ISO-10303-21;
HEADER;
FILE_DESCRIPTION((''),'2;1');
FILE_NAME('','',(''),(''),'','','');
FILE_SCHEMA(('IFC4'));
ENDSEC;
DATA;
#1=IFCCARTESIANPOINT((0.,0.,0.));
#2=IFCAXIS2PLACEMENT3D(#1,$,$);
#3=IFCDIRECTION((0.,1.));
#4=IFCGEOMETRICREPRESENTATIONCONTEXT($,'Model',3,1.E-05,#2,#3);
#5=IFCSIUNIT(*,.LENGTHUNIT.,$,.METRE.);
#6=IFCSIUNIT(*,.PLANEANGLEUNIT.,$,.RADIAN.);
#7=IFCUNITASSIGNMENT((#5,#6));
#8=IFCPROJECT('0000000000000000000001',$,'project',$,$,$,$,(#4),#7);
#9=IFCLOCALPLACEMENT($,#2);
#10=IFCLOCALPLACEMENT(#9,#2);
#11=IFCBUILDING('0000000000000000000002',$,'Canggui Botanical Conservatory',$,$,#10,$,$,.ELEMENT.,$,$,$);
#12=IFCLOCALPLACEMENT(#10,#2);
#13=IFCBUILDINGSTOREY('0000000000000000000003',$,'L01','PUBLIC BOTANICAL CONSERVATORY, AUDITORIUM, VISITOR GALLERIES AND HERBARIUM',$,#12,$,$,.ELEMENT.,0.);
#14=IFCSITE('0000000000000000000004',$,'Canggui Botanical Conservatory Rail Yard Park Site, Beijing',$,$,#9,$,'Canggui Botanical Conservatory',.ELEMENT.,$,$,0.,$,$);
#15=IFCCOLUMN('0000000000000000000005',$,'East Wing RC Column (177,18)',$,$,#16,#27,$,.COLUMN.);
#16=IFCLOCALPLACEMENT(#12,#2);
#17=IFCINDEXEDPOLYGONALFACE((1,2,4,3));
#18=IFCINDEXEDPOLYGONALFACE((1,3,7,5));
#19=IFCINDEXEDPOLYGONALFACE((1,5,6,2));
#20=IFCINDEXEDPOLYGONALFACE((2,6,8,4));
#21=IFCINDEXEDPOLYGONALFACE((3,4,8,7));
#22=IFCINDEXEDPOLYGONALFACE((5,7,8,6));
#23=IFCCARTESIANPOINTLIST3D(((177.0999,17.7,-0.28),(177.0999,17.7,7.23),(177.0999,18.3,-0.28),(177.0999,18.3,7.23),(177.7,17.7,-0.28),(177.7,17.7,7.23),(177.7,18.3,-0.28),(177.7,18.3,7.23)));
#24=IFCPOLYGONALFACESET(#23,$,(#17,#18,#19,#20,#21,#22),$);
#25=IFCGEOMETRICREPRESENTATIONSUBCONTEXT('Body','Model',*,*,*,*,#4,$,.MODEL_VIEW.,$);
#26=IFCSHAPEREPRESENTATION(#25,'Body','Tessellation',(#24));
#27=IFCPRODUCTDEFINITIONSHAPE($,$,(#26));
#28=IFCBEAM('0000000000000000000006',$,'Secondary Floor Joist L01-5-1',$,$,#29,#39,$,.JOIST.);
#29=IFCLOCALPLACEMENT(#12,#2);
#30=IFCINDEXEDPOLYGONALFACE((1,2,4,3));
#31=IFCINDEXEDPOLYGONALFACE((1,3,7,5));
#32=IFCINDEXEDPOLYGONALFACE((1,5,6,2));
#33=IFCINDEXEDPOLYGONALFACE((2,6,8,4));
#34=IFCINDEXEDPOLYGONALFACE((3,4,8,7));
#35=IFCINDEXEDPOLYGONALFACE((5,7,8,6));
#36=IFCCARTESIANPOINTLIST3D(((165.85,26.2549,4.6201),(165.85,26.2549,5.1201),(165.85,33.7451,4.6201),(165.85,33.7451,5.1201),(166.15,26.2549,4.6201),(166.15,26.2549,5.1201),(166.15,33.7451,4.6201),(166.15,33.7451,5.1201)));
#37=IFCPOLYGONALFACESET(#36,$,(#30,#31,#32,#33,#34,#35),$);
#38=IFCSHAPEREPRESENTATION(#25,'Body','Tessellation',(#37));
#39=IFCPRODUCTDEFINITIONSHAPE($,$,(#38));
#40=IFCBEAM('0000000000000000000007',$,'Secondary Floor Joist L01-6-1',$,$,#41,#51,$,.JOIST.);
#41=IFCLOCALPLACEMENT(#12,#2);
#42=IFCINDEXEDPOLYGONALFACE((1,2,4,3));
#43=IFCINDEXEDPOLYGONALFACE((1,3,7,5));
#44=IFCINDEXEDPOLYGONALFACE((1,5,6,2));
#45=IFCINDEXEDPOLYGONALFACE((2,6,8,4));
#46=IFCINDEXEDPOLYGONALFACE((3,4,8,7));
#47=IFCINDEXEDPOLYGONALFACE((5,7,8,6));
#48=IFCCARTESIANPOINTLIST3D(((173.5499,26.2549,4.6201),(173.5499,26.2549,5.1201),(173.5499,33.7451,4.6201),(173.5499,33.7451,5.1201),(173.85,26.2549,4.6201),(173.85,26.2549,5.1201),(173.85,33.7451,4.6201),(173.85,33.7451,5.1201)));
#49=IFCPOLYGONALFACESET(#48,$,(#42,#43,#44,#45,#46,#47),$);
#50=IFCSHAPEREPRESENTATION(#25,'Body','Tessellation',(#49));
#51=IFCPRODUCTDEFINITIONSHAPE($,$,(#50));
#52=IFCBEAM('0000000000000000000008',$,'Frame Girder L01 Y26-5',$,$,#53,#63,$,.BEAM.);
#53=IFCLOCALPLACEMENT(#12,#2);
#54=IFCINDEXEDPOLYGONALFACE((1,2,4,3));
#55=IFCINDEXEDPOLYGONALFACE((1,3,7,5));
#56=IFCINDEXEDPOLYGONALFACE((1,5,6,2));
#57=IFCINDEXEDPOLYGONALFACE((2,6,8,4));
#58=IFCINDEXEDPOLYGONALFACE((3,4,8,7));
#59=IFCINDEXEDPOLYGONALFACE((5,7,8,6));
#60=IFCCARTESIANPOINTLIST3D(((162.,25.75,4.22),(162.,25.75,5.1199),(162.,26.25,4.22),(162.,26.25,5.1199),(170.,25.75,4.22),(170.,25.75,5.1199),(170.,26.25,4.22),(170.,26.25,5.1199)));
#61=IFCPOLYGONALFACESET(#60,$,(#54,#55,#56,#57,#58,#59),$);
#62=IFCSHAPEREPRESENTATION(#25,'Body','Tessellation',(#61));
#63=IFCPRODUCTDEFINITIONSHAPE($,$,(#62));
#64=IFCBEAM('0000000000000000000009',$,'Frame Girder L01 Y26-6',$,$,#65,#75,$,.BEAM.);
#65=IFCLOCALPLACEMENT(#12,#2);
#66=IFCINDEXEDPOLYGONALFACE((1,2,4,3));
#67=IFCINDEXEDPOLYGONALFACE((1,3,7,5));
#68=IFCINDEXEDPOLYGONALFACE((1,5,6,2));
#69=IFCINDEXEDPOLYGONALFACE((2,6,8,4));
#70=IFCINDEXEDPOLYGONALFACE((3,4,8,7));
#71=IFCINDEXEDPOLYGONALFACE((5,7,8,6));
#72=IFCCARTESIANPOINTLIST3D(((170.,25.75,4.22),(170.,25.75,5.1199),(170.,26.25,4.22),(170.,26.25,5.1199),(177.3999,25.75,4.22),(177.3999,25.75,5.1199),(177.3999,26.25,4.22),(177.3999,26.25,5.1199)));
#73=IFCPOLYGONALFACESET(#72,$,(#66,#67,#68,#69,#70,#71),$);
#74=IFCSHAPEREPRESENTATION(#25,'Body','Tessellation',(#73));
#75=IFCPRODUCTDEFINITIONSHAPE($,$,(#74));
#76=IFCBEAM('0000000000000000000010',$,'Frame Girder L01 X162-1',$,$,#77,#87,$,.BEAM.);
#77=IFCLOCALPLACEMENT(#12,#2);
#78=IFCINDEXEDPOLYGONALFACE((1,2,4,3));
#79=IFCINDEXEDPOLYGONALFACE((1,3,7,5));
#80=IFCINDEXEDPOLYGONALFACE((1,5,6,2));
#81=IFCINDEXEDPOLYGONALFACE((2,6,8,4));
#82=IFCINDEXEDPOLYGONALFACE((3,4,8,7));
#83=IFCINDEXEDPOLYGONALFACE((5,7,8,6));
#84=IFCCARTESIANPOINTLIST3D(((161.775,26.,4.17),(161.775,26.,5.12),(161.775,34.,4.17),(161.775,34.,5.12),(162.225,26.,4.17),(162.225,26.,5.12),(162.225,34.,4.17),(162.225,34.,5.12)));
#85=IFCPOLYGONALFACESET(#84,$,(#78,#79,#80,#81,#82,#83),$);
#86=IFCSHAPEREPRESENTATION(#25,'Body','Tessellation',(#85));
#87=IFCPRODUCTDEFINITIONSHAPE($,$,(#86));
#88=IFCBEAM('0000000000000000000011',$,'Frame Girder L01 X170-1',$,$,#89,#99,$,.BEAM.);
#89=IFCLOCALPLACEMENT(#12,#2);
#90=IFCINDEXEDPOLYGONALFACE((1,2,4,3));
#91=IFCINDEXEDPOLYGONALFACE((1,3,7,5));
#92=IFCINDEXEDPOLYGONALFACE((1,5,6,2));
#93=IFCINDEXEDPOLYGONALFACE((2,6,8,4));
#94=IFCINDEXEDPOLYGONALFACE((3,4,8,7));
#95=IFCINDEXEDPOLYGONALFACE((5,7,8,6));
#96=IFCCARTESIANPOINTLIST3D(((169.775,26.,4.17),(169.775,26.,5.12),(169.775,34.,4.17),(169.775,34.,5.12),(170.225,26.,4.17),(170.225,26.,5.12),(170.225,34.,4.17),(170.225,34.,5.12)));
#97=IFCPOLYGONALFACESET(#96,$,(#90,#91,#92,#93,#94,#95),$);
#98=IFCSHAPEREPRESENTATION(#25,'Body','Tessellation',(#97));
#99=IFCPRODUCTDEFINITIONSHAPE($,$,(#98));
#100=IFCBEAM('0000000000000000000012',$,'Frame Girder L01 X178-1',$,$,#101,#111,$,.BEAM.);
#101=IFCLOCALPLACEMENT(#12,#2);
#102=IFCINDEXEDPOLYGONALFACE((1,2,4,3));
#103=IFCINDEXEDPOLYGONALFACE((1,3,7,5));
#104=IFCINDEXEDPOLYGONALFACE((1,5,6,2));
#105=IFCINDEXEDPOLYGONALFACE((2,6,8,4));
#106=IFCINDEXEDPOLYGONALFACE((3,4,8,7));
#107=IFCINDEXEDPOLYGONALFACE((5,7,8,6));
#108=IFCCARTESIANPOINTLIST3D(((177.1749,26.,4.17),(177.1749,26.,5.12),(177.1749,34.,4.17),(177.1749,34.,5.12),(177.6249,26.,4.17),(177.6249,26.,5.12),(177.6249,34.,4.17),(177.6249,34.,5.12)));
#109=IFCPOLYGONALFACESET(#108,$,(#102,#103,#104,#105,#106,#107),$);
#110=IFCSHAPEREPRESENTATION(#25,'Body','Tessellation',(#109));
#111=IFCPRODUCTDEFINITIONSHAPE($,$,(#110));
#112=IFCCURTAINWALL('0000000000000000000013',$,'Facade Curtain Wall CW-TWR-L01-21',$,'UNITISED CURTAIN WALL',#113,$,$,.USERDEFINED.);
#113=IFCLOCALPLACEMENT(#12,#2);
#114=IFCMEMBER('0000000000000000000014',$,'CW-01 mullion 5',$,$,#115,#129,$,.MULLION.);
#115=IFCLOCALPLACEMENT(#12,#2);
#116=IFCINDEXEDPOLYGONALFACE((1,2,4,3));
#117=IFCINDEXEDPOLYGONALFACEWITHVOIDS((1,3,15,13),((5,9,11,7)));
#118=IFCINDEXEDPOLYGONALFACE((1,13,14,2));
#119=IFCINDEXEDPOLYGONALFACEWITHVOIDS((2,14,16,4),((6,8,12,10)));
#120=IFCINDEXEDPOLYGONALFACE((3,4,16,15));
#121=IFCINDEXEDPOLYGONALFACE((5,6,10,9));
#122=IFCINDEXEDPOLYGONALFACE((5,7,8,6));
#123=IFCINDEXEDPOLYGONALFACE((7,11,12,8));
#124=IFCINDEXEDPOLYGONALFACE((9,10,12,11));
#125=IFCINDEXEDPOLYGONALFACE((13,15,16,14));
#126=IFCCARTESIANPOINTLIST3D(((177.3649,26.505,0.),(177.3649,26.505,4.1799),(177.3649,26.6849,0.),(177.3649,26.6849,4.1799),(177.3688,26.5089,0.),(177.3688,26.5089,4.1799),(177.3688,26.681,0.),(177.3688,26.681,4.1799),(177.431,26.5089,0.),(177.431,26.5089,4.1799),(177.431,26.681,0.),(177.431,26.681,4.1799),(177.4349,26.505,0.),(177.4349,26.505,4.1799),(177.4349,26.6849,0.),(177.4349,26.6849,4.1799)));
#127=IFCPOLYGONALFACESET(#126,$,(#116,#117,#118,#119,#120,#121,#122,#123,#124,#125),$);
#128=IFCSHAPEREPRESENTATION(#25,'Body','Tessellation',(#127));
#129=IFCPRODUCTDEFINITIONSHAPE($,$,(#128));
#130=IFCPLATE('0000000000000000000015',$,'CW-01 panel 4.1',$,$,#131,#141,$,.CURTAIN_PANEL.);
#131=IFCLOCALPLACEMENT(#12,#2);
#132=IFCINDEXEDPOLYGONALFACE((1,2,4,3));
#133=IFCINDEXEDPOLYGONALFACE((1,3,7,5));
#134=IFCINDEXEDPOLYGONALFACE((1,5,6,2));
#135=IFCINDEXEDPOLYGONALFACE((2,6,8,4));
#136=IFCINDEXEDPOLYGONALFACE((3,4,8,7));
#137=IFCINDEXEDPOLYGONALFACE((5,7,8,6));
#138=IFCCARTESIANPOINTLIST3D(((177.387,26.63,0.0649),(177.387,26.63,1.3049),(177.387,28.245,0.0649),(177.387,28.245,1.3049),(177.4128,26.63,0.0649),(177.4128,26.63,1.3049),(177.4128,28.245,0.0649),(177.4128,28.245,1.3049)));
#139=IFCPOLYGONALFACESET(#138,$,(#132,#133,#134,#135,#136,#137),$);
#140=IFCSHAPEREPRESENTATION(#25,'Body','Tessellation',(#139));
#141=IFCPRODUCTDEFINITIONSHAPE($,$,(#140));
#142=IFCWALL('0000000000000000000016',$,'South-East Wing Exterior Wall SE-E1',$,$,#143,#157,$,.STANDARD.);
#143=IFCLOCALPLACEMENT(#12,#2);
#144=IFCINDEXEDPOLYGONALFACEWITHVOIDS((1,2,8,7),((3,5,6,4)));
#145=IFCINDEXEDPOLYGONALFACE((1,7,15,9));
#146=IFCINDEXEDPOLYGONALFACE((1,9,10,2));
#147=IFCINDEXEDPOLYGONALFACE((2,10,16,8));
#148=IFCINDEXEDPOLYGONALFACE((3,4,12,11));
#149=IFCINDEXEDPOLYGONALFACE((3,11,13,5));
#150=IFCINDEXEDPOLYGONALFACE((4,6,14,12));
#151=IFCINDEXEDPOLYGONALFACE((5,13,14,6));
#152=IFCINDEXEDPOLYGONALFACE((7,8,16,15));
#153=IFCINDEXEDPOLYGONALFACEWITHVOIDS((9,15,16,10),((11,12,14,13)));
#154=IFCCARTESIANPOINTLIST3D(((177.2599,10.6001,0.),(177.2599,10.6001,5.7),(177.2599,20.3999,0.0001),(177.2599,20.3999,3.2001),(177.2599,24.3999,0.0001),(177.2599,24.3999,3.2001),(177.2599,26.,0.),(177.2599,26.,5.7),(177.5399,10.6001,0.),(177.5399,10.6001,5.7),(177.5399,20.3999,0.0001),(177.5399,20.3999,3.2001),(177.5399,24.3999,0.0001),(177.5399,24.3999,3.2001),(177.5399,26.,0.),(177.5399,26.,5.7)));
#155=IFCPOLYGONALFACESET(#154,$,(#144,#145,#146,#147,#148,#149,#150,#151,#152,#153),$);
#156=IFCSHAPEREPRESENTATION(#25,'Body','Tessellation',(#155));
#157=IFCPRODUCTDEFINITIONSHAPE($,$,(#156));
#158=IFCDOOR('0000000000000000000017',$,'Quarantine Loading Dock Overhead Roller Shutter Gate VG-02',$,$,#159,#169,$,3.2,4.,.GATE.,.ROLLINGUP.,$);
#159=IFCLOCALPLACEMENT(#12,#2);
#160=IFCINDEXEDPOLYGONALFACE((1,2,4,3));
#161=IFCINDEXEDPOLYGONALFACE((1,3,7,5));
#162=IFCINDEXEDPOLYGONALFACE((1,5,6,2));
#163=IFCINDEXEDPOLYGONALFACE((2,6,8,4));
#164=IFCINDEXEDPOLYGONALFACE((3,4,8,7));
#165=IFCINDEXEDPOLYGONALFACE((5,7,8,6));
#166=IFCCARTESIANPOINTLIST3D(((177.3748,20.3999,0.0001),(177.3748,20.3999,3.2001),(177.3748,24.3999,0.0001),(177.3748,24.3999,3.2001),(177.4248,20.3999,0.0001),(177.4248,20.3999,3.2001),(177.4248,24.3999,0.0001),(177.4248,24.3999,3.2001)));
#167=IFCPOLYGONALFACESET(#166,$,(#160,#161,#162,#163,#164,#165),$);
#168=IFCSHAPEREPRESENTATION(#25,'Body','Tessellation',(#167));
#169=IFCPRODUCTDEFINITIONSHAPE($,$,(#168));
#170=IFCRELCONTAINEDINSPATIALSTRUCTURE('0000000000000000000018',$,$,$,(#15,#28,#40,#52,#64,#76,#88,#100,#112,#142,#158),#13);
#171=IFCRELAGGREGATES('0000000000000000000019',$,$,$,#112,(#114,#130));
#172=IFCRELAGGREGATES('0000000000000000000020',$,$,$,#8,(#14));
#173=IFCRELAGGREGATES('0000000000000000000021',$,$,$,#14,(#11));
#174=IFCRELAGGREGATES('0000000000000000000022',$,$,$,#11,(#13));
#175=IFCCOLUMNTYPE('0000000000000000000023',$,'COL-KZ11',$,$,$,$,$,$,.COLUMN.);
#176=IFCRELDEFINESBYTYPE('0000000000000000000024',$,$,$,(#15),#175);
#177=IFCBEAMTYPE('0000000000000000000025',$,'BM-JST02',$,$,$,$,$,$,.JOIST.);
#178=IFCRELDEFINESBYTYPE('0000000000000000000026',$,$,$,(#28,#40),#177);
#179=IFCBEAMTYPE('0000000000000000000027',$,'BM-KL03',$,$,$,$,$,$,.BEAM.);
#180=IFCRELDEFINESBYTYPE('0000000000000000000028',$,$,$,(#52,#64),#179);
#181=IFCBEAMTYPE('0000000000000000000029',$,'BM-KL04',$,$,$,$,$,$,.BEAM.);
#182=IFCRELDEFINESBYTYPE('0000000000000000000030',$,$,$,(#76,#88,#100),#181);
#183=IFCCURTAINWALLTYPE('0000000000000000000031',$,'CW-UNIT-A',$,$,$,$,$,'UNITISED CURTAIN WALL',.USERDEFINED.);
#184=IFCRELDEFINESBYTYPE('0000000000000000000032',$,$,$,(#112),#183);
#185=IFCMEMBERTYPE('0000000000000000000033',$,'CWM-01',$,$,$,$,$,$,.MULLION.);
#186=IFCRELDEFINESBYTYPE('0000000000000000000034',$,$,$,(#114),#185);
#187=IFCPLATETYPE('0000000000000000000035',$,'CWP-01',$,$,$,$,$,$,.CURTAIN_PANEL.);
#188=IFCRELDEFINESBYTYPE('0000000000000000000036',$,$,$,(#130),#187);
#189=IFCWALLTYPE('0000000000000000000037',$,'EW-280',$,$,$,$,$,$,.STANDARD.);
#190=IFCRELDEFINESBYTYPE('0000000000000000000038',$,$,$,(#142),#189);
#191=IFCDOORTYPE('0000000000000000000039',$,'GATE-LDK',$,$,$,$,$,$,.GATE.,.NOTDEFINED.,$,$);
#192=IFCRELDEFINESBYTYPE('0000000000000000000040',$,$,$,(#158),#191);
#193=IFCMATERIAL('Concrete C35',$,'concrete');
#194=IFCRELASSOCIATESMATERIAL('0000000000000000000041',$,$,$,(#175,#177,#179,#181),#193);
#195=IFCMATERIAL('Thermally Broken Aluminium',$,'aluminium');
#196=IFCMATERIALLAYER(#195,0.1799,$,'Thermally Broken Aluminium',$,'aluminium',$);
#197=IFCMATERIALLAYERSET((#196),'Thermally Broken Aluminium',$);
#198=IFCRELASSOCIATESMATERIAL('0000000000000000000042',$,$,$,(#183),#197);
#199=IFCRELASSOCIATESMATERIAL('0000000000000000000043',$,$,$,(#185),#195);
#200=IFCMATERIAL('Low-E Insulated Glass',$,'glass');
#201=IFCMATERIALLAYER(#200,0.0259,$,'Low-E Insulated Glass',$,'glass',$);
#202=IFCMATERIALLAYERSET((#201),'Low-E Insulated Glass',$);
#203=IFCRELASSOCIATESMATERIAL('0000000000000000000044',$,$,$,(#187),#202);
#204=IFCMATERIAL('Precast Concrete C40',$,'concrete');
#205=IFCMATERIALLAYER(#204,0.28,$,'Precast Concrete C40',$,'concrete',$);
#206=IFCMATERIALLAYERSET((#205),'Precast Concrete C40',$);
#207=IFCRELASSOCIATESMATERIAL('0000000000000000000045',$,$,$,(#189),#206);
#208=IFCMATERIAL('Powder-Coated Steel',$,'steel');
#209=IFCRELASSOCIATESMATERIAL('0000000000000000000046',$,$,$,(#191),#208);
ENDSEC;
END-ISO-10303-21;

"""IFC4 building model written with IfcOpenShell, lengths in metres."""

from ifc_helpers import new_model, si_unit, direction, frame, frame_2d, origin, origin_2d, place, context, subcontext, project, spatial, rectangle, hollow_rectangle, extrude, material, layer, layer_set, material_profile, profile_set, type_object, element, fill, aggregate, save


model = new_model("IFC4")

# Units and contexts
model_context = context("Model", 3, precision=1e-05, world=origin(), true_north=direction((0.0, 1.0)))
body_context = subcontext(model_context, "Body", "Model", "MODEL_VIEW")
ifc_project = project(units=[si_unit("LENGTHUNIT", "METRE"), si_unit("PLANEANGLEUNIT", "RADIAN")], contexts=[model_context])

# Site, building, storey
site_placement = place(None, origin())
site = spatial("IfcSite", under=ifc_project, at=site_placement, Name="Canggui Botanical Conservatory Rail Yard Park Site, Beijing", LongName="Canggui Botanical Conservatory", CompositionType="ELEMENT", RefElevation=0.0)
building_placement = place(site_placement, origin())
building = spatial("IfcBuilding", under=site, at=building_placement, Name="Canggui Botanical Conservatory", CompositionType="ELEMENT")
storey_placement = place(building_placement, origin())
storey = spatial("IfcBuildingStorey", under=building, at=storey_placement, Name="L01", Description="PUBLIC BOTANICAL CONSERVATORY, AUDITORIUM, VISITOR GALLERIES AND HERBARIUM", CompositionType="ELEMENT", Elevation=0.0)

# Shared definitions
ifc_material_1 = material(Name="Concrete C35", Category="concrete")

# Column
ifc_material_profile_1 = material_profile(ifc_material_1, rectangle(XDim=0.6001, YDim=0.6001, at=origin_2d()), Name="RC 600x600")
ifc_profile_set_1 = profile_set([ifc_material_profile_1], Name="Concrete C35")
column_type_1 = type_object("IfcColumnType", Name="COL-KZ11", PredefinedType="COLUMN", material=ifc_profile_set_1)
column_1_placement = place(storey_placement, frame((177.3999, 18.0, -0.28), z_axis=(0.0, 0.0, 1.0), x_axis=(1.0, 0.0, 0.0)))
element("IfcColumn", 1, at=column_1_placement, inside=storey, type_object=column_type_1, Name="East Wing RC Column (177,18)", PredefinedType="COLUMN", context=body_context, shape_type="SweptSolid", body=[
    extrude(rectangle(XDim=0.6001, YDim=0.6001, at=origin_2d()), origin(), (0.0, 0.0, 1.0), 7.51),
])

# Beams
ifc_material_profile_2 = material_profile(ifc_material_1, rectangle(XDim=0.3, YDim=0.5, at=origin_2d()), Name="RB 300x500")
ifc_profile_set_2 = profile_set([ifc_material_profile_2], Name="Concrete C35")
beam_type_1 = type_object("IfcBeamType", Name="BM-JST02", PredefinedType="JOIST", material=ifc_profile_set_2)
for number, where, z_axis, x_axis, name in (
    (2, (166.0, 26.2549, 4.8701), (0.0, 1.0, 0.0), (-1.0, 0.0, 0.0), "Secondary Floor Joist L01-5-1"),
    (3, (173.7, 26.2549, 4.8701), (0.0, 1.0, 0.0), (-1.0, 0.0, 0.0), "Secondary Floor Joist L01-6-1"),
):
    element("IfcBeam", number, at=place(storey_placement, frame(where, z_axis=z_axis, x_axis=x_axis)), inside=storey, type_object=beam_type_1, Name=name, PredefinedType="JOIST", context=body_context, shape_type="SweptSolid", body=[
        extrude(rectangle(XDim=0.3, YDim=0.5, at=origin_2d()), origin(), (0.0, 0.0, 1.0), 7.4902),
    ])
ifc_material_profile_3 = material_profile(ifc_material_1, rectangle(XDim=0.5, YDim=0.8999, at=origin_2d()), Name="RB 500x900")
ifc_profile_set_3 = profile_set([ifc_material_profile_3], Name="Concrete C35")
beam_type_2 = type_object("IfcBeamType", Name="BM-KL03", PredefinedType="BEAM", material=ifc_profile_set_3)
beam_1_placement = place(storey_placement, frame((162.0, 26.0, 4.6699), z_axis=(1.0, 0.0, 0.0), x_axis=(0.0, 1.0, 0.0)))
element("IfcBeam", 4, at=beam_1_placement, inside=storey, type_object=beam_type_2, Name="Frame Girder L01 Y26-5", PredefinedType="BEAM", context=body_context, shape_type="SweptSolid", body=[
    extrude(rectangle(XDim=0.5, YDim=0.8999, at=origin_2d()), origin(), (0.0, 0.0, 1.0), 8.0),
])
beam_2_placement = place(storey_placement, frame((170.0, 26.0, 4.6699), z_axis=(1.0, 0.0, 0.0), x_axis=(0.0, 1.0, 0.0)))
element("IfcBeam", 5, at=beam_2_placement, inside=storey, type_object=beam_type_2, Name="Frame Girder L01 Y26-6", PredefinedType="BEAM", context=body_context, shape_type="SweptSolid", body=[
    extrude(rectangle(XDim=0.5, YDim=0.8999, at=origin_2d()), origin(), (0.0, 0.0, 1.0), 7.3999),
])
ifc_material_profile_4 = material_profile(ifc_material_1, rectangle(XDim=0.45, YDim=0.95, at=origin_2d()), Name="RB 450x950")
ifc_profile_set_4 = profile_set([ifc_material_profile_4], Name="Concrete C35")
beam_type_3 = type_object("IfcBeamType", Name="BM-KL04", PredefinedType="BEAM", material=ifc_profile_set_4)
for number, where, z_axis, x_axis, name in (
    (6, (162.0, 26.0, 4.645), (0.0, 1.0, 0.0), (-1.0, 0.0, 0.0), "Frame Girder L01 X162-1"),
    (7, (170.0, 26.0, 4.645), (0.0, 1.0, 0.0), (-1.0, 0.0, 0.0), "Frame Girder L01 X170-1"),
    (8, (177.3999, 26.0, 4.645), (0.0, 1.0, 0.0), (-1.0, 0.0, 0.0), "Frame Girder L01 X178-1"),
):
    element("IfcBeam", number, at=place(storey_placement, frame(where, z_axis=z_axis, x_axis=x_axis)), inside=storey, type_object=beam_type_3, Name=name, PredefinedType="BEAM", context=body_context, shape_type="SweptSolid", body=[
        extrude(rectangle(XDim=0.45, YDim=0.95, at=origin_2d()), origin(), (0.0, 0.0, 1.0), 8.0),
    ])

# Curtain wall, member, plate
ifc_material_2 = material(Name="Thermally Broken Aluminium", Category="aluminium")
ifc_layer_1 = layer(ifc_material_2, 0.1799, Name="Thermally Broken Aluminium", Category="aluminium")
ifc_layer_set_1 = layer_set([ifc_layer_1], Name="Thermally Broken Aluminium")
curtain_wall_type = type_object("IfcCurtainWallType", Name="CW-UNIT-A", ElementType="UNITISED CURTAIN WALL", PredefinedType="USERDEFINED", material=ifc_layer_set_1)
curtain_wall_placement = place(storey_placement, origin())
curtain_wall = element("IfcCurtainWall", 9, at=curtain_wall_placement, inside=storey, type_object=curtain_wall_type, Name="Facade Curtain Wall CW-TWR-L01-21", ObjectType="UNITISED CURTAIN WALL", PredefinedType="USERDEFINED")
ifc_material_profile_5 = material_profile(ifc_material_2, hollow_rectangle(XDim=0.0701, YDim=0.1799, WallThickness=0.0039, at=origin_2d()), Name="CWM 70x180x4")
ifc_profile_set_5 = profile_set([ifc_material_profile_5], Name="Thermally Broken Aluminium")
member_type = type_object("IfcMemberType", Name="CWM-01", PredefinedType="MULLION", material=ifc_profile_set_5)
member_placement = place(storey_placement, frame((177.3999, 26.595, 0.0), z_axis=(0.0, 0.0, 1.0), x_axis=(1.0, 0.0, 0.0)))
member = element("IfcMember", 10, at=member_placement, type_object=member_type, Name="CW-01 mullion 5", PredefinedType="MULLION", context=body_context, shape_type="SweptSolid", body=[
    extrude(hollow_rectangle(XDim=0.0701, YDim=0.1799, WallThickness=0.0039, at=origin_2d()), origin(), (0.0, 0.0, 1.0), 4.1799),
])
ifc_material_3 = material(Name="Low-E Insulated Glass", Category="glass")
ifc_layer_2 = layer(ifc_material_3, 0.0259, Name="Low-E Insulated Glass", Category="glass")
ifc_layer_set_2 = layer_set([ifc_layer_2], Name="Low-E Insulated Glass")
plate_type = type_object("IfcPlateType", Name="CWP-01", PredefinedType="CURTAIN_PANEL", material=ifc_layer_set_2)
plate_placement = place(storey_placement, frame((177.3999, 27.4375, 0.0649), z_axis=(0.0, 0.0, 1.0), x_axis=(0.0, -1.0, 0.0)))
plate = element("IfcPlate", 11, at=plate_placement, type_object=plate_type, Name="CW-01 panel 4.1", PredefinedType="CURTAIN_PANEL", context=body_context, shape_type="SweptSolid", body=[
    extrude(rectangle(XDim=1.615, YDim=0.0259, at=origin_2d()), origin(), (0.0, 0.0, 1.0), 1.24),
])
aggregate(curtain_wall, [member, plate])

# Wall, opening, door
ifc_material_4 = material(Name="Precast Concrete C40", Category="concrete")
ifc_layer_3 = layer(ifc_material_4, 0.28, Name="Precast Concrete C40", Category="concrete")
ifc_layer_set_3 = layer_set([ifc_layer_3], Name="Precast Concrete C40")
wall_type = type_object("IfcWallType", Name="EW-280", PredefinedType="STANDARD", material=ifc_layer_set_3)
wall_placement = place(storey_placement, frame((177.3999, 26.0, 0.0), z_axis=(0.0, 0.0, 1.0), x_axis=(0.0, -1.0, 0.0)))
wall = element("IfcWall", 12, at=wall_placement, inside=storey, type_object=wall_type, Name="South-East Wing Exterior Wall SE-E1", PredefinedType="STANDARD", context=body_context, shape_type="SweptSolid", body=[
    extrude(rectangle(XDim=15.3999, YDim=0.28, at=frame_2d((7.7, 0.0))), origin(), (0.0, 0.0, 1.0), 5.7),
])
opening_placement = place(wall_placement, frame((1.6001, 0.0, 0.0)))
opening = element("IfcOpeningElement", 13, at=opening_placement, cuts=wall, PredefinedType="OPENING", context=body_context, shape_type="SweptSolid", body=[
    extrude(rectangle(XDim=4.0, YDim=3.2, at=frame_2d((2.0, 1.6001))), frame((0.0, 0.1499, 0.0), z_axis=(0.0, -1.0, 0.0), x_axis=(1.0, 0.0, 0.0)), (0.0, 0.0, 1.0), 0.3),
])
ifc_material_5 = material(Name="Powder-Coated Steel", Category="steel")
door_type = type_object("IfcDoorType", Name="GATE-LDK", OperationType="NOTDEFINED", PredefinedType="GATE", material=ifc_material_5)
door_placement = place(opening_placement, origin())
door = element("IfcDoor", 14, at=door_placement, inside=storey, type_object=door_type, Name="Quarantine Loading Dock Overhead Roller Shutter Gate VG-02", OperationType="ROLLINGUP", OverallHeight=3.2, OverallWidth=4.0, PredefinedType="GATE", context=body_context, shape_type="SweptSolid", body=[
    extrude(rectangle(XDim=4.0, YDim=3.2, at=frame_2d((2.0, 1.6001))), frame((0.0, 0.0249, 0.0), z_axis=(0.0, -1.0, 0.0), x_axis=(1.0, 0.0, 0.0)), (0.0, 0.0, 1.0), 0.05),
])
fill(opening, door)

save(model, "model.ifc")
